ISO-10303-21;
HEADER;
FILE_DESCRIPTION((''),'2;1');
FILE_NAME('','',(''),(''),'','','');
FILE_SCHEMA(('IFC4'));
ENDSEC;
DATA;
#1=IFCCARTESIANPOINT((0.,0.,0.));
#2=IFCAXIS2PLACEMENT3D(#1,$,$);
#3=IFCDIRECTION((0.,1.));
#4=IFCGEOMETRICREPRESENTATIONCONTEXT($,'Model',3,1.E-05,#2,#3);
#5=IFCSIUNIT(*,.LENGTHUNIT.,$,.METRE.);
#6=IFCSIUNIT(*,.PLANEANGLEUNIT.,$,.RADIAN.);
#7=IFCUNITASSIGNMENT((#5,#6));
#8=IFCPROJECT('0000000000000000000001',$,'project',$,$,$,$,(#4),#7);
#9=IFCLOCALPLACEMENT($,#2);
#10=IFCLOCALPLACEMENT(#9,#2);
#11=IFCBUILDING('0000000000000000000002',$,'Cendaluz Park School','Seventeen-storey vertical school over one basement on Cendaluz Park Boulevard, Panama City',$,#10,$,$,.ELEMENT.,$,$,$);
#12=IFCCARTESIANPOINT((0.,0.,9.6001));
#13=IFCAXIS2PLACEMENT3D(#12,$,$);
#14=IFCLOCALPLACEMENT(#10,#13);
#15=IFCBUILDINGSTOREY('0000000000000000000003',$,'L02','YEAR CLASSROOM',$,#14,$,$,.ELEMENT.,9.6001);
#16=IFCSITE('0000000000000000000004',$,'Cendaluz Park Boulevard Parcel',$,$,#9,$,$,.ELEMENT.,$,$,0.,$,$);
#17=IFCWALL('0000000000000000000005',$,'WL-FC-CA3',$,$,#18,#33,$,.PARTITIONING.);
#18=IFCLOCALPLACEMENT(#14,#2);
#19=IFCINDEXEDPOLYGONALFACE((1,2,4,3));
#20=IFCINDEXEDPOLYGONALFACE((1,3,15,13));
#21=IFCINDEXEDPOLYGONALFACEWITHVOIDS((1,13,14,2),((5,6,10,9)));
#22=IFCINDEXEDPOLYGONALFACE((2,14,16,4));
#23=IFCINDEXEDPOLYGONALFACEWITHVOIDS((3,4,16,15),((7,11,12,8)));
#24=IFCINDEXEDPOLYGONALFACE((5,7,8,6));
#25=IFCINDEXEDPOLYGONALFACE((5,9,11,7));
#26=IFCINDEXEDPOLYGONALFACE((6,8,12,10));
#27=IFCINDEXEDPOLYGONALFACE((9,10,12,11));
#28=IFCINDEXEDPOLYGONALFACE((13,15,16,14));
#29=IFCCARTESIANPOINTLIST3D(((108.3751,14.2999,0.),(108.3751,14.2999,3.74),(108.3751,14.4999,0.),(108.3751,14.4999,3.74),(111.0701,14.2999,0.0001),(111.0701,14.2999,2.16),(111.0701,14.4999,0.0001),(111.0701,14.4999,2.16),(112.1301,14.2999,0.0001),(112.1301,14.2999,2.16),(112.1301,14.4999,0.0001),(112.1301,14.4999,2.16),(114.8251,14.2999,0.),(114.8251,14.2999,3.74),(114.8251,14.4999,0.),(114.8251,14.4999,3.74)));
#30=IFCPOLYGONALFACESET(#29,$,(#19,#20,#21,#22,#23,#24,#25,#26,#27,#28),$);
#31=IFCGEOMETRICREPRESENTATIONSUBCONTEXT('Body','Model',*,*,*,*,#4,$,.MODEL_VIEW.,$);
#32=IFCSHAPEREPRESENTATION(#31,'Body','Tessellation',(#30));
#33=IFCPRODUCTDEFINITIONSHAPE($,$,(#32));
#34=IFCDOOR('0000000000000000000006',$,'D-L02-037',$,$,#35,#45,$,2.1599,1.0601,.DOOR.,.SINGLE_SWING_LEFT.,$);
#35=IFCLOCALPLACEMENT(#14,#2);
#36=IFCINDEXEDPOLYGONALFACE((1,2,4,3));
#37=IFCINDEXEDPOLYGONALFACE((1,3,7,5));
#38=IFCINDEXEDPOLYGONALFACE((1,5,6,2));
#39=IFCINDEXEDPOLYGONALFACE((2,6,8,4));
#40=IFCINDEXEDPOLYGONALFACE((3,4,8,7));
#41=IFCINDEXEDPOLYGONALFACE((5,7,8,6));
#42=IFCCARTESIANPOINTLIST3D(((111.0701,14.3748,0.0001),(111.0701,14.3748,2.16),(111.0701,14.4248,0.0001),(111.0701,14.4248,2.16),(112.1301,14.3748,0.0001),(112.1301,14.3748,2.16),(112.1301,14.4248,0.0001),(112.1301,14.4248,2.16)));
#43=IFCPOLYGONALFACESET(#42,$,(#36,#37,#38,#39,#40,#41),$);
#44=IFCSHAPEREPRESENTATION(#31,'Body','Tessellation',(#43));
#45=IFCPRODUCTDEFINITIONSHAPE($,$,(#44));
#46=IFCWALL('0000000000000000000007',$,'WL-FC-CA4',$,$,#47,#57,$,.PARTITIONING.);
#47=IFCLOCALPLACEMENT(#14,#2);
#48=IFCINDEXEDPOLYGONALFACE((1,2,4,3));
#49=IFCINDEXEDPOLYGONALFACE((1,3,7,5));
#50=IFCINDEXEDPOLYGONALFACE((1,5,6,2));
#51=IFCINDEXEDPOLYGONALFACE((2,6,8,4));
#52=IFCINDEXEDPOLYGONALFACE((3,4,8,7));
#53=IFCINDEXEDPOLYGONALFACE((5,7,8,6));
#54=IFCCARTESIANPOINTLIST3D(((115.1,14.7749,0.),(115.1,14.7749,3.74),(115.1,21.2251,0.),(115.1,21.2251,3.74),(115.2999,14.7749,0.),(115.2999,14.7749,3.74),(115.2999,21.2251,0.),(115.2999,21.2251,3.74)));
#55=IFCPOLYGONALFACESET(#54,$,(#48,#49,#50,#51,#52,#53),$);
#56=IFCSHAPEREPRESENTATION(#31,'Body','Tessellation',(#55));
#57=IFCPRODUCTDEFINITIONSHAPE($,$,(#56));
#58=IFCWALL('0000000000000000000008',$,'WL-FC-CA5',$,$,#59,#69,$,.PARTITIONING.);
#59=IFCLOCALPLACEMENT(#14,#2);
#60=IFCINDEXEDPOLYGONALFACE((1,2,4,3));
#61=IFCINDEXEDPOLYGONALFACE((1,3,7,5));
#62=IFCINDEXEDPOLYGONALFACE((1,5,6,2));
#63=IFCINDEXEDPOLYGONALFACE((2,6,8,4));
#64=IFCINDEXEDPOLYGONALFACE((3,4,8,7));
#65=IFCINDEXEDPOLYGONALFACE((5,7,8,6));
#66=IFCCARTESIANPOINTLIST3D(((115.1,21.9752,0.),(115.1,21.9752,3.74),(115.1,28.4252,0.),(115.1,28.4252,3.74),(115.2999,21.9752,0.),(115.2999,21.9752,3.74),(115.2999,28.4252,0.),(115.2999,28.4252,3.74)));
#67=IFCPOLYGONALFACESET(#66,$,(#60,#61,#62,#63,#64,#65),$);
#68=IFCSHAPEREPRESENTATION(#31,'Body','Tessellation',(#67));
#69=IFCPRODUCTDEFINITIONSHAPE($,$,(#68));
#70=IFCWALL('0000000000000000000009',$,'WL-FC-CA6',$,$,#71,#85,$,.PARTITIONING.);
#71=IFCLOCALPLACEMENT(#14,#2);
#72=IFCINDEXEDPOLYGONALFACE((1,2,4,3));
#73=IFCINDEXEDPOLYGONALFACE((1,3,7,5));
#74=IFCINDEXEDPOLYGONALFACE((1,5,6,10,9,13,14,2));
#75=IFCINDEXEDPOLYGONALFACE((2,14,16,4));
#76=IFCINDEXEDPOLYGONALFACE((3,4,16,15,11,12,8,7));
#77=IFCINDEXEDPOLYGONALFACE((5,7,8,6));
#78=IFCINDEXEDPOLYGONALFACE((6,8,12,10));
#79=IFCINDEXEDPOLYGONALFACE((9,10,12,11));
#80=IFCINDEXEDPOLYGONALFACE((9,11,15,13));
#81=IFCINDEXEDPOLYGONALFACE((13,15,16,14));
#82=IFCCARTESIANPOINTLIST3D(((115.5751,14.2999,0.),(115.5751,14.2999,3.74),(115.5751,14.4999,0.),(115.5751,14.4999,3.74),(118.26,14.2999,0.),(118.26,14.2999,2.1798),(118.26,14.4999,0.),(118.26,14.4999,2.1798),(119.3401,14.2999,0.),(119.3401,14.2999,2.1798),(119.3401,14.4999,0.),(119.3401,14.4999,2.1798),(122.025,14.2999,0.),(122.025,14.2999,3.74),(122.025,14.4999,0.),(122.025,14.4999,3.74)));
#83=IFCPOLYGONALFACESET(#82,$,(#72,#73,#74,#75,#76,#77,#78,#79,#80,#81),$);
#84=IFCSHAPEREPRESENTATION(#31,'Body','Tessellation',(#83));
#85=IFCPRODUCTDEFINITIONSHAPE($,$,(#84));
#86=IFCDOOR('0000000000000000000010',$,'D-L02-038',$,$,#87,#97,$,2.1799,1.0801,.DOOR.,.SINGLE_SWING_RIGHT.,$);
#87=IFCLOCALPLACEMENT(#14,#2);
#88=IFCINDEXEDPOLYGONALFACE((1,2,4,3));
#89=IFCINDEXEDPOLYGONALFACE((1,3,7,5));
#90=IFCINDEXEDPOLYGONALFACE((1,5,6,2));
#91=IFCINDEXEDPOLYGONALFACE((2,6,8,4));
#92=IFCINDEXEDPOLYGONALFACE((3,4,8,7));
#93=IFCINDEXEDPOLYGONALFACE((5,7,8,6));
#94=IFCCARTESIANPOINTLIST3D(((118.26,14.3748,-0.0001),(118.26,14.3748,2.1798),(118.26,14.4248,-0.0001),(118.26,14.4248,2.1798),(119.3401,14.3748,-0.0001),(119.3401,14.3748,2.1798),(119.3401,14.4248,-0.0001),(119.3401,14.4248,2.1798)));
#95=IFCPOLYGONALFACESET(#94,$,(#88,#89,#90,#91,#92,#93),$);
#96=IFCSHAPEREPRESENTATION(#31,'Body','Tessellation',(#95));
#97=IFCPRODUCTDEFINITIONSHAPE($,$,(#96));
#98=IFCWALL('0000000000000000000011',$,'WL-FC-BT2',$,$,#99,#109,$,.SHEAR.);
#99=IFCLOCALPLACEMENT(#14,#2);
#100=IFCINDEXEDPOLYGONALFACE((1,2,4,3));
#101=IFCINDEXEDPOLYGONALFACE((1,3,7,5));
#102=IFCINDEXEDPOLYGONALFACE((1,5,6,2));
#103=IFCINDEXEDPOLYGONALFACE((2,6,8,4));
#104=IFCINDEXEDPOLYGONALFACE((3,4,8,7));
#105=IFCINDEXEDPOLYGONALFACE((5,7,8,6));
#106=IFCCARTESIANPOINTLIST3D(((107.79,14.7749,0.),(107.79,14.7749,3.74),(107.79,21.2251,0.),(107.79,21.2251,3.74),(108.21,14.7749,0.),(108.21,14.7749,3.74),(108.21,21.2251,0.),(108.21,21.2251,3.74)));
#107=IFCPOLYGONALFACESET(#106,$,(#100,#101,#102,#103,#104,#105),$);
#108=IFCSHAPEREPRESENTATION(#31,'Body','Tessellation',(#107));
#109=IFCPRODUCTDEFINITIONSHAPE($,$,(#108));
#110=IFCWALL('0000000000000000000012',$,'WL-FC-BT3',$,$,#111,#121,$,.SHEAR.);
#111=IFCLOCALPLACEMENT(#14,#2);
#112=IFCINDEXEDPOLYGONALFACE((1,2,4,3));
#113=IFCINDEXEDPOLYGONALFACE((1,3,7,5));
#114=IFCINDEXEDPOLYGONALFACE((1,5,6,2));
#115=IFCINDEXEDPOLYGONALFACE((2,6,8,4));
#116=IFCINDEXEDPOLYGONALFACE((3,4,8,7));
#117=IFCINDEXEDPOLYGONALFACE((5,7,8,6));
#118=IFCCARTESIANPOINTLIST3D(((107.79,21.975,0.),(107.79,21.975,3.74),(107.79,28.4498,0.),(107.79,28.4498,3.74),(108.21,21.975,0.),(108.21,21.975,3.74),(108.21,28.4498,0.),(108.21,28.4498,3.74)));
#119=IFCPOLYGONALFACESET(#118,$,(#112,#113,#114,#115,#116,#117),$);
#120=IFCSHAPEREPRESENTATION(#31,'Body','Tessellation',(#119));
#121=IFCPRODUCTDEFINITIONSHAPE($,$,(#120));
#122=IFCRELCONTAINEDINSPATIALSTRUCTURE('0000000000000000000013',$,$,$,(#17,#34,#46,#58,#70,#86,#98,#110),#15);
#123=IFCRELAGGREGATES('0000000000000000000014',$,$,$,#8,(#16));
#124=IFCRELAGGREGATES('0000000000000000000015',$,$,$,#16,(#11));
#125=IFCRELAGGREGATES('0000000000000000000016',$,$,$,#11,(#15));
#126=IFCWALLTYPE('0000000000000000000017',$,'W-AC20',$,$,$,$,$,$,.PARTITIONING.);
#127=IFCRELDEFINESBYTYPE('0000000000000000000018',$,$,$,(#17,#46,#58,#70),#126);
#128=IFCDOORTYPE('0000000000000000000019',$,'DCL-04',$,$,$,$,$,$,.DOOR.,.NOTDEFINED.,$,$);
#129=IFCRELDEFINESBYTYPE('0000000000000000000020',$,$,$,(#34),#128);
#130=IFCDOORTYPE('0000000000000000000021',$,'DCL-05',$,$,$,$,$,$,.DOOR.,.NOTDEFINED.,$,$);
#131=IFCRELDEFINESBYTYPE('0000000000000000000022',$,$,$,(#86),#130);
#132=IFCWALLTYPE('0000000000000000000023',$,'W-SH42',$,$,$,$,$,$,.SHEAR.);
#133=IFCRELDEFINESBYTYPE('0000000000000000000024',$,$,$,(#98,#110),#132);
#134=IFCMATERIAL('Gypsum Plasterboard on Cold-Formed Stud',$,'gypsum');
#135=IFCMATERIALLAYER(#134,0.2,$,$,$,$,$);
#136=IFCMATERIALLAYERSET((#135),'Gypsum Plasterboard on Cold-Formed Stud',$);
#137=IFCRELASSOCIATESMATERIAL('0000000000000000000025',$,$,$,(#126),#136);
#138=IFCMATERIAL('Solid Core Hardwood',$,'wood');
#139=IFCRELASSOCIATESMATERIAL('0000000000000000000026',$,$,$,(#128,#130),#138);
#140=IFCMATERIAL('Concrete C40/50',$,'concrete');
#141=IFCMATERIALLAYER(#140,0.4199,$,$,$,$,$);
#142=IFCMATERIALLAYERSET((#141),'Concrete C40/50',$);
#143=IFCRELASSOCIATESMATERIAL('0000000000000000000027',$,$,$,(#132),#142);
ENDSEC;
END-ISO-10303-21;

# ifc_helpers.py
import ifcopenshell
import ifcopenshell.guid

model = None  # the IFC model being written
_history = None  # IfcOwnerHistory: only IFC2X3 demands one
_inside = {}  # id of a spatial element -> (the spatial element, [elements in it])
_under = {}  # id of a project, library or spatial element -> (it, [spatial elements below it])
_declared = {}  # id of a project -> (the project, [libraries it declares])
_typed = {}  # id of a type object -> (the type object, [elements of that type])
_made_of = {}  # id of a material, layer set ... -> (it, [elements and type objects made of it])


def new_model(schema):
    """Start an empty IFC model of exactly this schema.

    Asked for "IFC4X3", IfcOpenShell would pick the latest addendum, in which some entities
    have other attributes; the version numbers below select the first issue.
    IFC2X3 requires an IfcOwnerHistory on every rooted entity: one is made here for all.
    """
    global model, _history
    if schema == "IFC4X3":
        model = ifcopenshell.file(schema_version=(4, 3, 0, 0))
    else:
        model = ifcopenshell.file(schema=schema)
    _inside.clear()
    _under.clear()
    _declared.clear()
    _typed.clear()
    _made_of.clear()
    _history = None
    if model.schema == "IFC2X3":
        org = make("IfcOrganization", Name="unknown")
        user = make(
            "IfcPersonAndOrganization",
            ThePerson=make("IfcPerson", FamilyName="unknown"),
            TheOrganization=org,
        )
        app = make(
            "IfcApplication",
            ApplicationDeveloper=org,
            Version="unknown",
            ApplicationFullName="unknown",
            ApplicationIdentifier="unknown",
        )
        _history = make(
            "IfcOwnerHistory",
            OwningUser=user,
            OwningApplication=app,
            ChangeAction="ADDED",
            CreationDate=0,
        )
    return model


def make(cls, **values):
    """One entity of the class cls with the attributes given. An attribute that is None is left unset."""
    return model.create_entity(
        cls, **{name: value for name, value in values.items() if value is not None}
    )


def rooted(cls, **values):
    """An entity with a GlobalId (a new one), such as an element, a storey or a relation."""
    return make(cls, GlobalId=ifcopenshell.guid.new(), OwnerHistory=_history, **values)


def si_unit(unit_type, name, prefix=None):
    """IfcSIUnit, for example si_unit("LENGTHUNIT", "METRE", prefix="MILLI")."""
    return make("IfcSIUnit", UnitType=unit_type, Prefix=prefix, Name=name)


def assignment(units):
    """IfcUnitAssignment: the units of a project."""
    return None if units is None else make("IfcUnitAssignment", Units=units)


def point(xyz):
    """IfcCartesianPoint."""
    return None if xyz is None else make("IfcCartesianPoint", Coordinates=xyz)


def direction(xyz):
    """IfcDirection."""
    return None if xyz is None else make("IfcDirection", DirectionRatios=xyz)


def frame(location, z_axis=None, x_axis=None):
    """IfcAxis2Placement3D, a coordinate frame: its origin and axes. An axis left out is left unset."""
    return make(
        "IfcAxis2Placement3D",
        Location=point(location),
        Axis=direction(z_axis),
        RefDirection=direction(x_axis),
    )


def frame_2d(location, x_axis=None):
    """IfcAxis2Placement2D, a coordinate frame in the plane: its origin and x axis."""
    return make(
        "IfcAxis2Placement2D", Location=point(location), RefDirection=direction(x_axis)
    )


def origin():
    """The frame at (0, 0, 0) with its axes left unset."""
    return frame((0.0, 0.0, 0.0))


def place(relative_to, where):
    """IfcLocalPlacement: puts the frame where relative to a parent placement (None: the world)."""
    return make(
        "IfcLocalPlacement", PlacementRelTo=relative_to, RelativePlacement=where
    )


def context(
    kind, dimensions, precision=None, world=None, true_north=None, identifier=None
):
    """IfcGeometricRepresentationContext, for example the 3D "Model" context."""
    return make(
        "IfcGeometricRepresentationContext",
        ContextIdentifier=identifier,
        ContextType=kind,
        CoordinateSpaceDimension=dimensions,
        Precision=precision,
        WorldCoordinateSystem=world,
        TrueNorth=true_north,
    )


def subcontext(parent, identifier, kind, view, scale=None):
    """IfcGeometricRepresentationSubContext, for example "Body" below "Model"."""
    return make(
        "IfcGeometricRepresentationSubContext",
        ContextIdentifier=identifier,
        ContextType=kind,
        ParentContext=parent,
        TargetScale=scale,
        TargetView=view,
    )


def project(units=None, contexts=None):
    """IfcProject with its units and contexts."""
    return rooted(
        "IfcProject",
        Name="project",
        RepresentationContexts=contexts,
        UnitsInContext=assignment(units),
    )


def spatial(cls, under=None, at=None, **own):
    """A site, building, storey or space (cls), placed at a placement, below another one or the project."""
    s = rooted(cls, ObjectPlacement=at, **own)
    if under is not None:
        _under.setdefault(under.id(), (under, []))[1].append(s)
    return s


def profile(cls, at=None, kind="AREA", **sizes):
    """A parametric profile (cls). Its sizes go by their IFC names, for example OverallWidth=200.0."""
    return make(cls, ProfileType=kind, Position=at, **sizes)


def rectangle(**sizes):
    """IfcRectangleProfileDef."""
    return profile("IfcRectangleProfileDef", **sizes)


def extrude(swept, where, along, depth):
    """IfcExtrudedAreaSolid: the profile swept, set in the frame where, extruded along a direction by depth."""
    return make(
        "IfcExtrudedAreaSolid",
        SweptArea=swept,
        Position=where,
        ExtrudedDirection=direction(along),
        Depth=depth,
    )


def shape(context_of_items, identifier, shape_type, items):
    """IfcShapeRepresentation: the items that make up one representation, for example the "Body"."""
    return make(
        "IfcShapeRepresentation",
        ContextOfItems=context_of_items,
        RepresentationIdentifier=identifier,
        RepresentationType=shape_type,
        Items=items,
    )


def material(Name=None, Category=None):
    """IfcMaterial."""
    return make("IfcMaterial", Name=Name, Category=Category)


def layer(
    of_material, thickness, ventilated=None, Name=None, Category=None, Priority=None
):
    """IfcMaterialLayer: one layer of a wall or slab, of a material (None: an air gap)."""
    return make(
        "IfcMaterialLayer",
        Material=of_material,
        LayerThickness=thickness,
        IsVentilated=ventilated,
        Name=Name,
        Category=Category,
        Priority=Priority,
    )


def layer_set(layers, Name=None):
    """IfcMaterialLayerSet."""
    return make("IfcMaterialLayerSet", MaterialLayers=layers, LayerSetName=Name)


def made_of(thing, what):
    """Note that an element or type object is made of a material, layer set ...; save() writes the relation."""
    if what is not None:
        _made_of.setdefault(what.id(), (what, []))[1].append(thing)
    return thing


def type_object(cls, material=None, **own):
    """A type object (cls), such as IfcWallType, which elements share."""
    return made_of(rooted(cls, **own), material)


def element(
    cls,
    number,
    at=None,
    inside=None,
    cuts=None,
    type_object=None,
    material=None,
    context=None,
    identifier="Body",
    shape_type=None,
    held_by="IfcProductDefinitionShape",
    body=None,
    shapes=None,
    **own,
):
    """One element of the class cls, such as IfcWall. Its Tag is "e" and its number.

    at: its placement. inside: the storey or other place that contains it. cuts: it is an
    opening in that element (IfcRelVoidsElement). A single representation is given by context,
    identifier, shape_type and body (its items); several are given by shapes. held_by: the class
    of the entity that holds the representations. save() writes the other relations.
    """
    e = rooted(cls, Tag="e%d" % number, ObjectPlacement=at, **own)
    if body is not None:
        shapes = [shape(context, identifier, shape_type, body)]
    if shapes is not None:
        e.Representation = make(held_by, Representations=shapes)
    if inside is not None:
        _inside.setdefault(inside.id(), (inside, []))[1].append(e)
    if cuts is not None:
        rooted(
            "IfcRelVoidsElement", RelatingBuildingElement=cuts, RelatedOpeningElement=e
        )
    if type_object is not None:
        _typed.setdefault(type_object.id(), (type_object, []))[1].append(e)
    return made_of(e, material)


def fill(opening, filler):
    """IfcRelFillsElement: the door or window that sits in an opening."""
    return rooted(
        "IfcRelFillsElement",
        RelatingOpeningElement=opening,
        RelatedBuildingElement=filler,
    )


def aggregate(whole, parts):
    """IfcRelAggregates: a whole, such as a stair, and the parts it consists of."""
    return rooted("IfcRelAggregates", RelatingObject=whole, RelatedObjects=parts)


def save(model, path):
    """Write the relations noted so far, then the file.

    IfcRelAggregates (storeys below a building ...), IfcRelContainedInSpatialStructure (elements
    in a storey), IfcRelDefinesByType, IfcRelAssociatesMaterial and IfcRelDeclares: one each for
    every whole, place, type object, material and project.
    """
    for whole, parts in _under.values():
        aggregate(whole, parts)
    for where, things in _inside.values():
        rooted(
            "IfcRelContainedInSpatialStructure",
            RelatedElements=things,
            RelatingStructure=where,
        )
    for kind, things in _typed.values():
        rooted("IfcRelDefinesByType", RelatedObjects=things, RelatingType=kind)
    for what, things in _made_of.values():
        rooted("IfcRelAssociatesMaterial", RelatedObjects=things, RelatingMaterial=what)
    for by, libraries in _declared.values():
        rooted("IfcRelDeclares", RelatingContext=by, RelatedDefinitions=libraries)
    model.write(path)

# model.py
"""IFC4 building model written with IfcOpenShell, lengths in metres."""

from ifc_helpers import new_model, si_unit, direction, frame, frame_2d, origin, place, context, subcontext, project, spatial, rectangle, extrude, material, layer, layer_set, type_object, element, fill, save


model = new_model("IFC4")

# Units and contexts
model_context = context("Model", 3, precision=1e-05, world=origin(), true_north=direction((0.0, 1.0)))
body_context = subcontext(model_context, "Body", "Model", "MODEL_VIEW")
ifc_project = project(units=[si_unit("LENGTHUNIT", "METRE"), si_unit("PLANEANGLEUNIT", "RADIAN")], contexts=[model_context])

# Site, building, storey
site_placement = place(None, origin())
site = spatial("IfcSite", under=ifc_project, at=site_placement, Name="Cendaluz Park Boulevard Parcel", CompositionType="ELEMENT", RefElevation=0.0)
building_placement = place(site_placement, origin())
building = spatial("IfcBuilding", under=site, at=building_placement, Name="Cendaluz Park School", Description="Seventeen-storey vertical school over one basement on Cendaluz Park Boulevard, Panama City", CompositionType="ELEMENT")
storey_placement = place(building_placement, frame((0.0, 0.0, 9.6001)))
storey = spatial("IfcBuildingStorey", under=building, at=storey_placement, Name="L02", Description="YEAR CLASSROOM", CompositionType="ELEMENT", Elevation=9.6001)

# Shared definitions
ifc_material_1 = material(Name="Concrete C40/50", Category="concrete")

# Wall, opening, door
ifc_material_2 = material(Name="Gypsum Plasterboard on Cold-Formed Stud", Category="gypsum")
ifc_layer_1 = layer(ifc_material_2, 0.2)
ifc_layer_set_1 = layer_set([ifc_layer_1], Name="Gypsum Plasterboard on Cold-Formed Stud")
wall_type_1 = type_object("IfcWallType", Name="W-AC20", PredefinedType="PARTITIONING", material=ifc_layer_set_1)
wall_1_placement = place(storey_placement, frame((108.375, 14.3999, 0.0), z_axis=(0.0, 0.0, 1.0), x_axis=(1.0, 0.0, 0.0)))
wall_1 = element("IfcWall", 1, at=wall_1_placement, inside=storey, type_object=wall_type_1, Name="WL-FC-CA3", PredefinedType="PARTITIONING", context=body_context, shape_type="SweptSolid", body=[
    extrude(rectangle(XDim=6.45, YDim=0.2, at=frame_2d((3.2251, 0.0))), origin(), (0.0, 0.0, 1.0), 3.74),
])
opening_1_placement = place(wall_1_placement, frame((2.6951, 0.0, 0.0)))
opening_1 = element("IfcOpeningElement", 2, at=opening_1_placement, cuts=wall_1, PredefinedType="OPENING", context=body_context, shape_type="SweptSolid", body=[
    extrude(rectangle(XDim=1.0601, YDim=2.1599, at=frame_2d((0.53, 1.0801))), frame((0.0, 0.1121, 0.0), z_axis=(0.0, -1.0, 0.0), x_axis=(1.0, 0.0, 0.0)), (0.0, 0.0, 1.0), 0.2239),
])
ifc_material_3 = material(Name="Solid Core Hardwood", Category="wood")
door_type_1 = type_object("IfcDoorType", Name="DCL-04", OperationType="NOTDEFINED", PredefinedType="DOOR", material=ifc_material_3)
door_1_placement = place(opening_1_placement, origin())
door_1 = element("IfcDoor", 3, at=door_1_placement, inside=storey, type_object=door_type_1, Name="D-L02-037", OperationType="SINGLE_SWING_LEFT", OverallHeight=2.1599, OverallWidth=1.0601, PredefinedType="DOOR", context=body_context, shape_type="SweptSolid", body=[
    extrude(rectangle(XDim=1.0601, YDim=2.1599, at=frame_2d((0.53, 1.0801))), frame((0.0, 0.0249, 0.0), z_axis=(0.0, -1.0, 0.0), x_axis=(1.0, 0.0, 0.0)), (0.0, 0.0, 1.0), 0.05),
])
fill(opening_1, door_1)

# Walls
wall_2_placement = place(storey_placement, frame((115.2, 14.7749, 0.0), z_axis=(0.0, 0.0, 1.0), x_axis=(0.0, 1.0, 0.0)))
element("IfcWall", 4, at=wall_2_placement, inside=storey, type_object=wall_type_1, Name="WL-FC-CA4", PredefinedType="PARTITIONING", context=body_context, shape_type="SweptSolid", body=[
    extrude(rectangle(XDim=6.4502, YDim=0.2, at=frame_2d((3.2251, 0.0))), origin(), (0.0, 0.0, 1.0), 3.74),
])
wall_3_placement = place(storey_placement, frame((115.2, 21.9751, 0.0), z_axis=(0.0, 0.0, 1.0), x_axis=(0.0, 1.0, 0.0)))
element("IfcWall", 5, at=wall_3_placement, inside=storey, type_object=wall_type_1, Name="WL-FC-CA5", PredefinedType="PARTITIONING", context=body_context, shape_type="SweptSolid", body=[
    extrude(rectangle(XDim=6.45, YDim=0.2, at=frame_2d((3.2251, 0.0))), origin(), (0.0, 0.0, 1.0), 3.74),
])

# Wall, opening, door
wall_4_placement = place(storey_placement, frame((115.575, 14.3999, 0.0), z_axis=(0.0, 0.0, 1.0), x_axis=(1.0, 0.0, 0.0)))
wall_4 = element("IfcWall", 6, at=wall_4_placement, inside=storey, type_object=wall_type_1, Name="WL-FC-CA6", PredefinedType="PARTITIONING", context=body_context, shape_type="SweptSolid", body=[
    extrude(rectangle(XDim=6.45, YDim=0.2, at=frame_2d((3.2251, 0.0))), origin(), (0.0, 0.0, 1.0), 3.74),
])
opening_2_placement = place(wall_4_placement, frame((2.6851, 0.0, 0.0)))
opening_2 = element("IfcOpeningElement", 7, at=opening_2_placement, cuts=wall_4, PredefinedType="OPENING", context=body_context, shape_type="SweptSolid", body=[
    extrude(rectangle(XDim=1.0801, YDim=2.1799, at=frame_2d((0.54, 1.0898))), frame((0.0, 0.1121, 0.0), z_axis=(0.0, -1.0, 0.0), x_axis=(1.0, 0.0, 0.0)), (0.0, 0.0, 1.0), 0.2239),
])
door_type_2 = type_object("IfcDoorType", Name="DCL-05", OperationType="NOTDEFINED", PredefinedType="DOOR", material=ifc_material_3)
door_2_placement = place(opening_2_placement, origin())
door_2 = element("IfcDoor", 8, at=door_2_placement, inside=storey, type_object=door_type_2, Name="D-L02-038", OperationType="SINGLE_SWING_RIGHT", OverallHeight=2.1799, OverallWidth=1.0801, PredefinedType="DOOR", context=body_context, shape_type="SweptSolid", body=[
    extrude(rectangle(XDim=1.0801, YDim=2.1799, at=frame_2d((0.54, 1.0898))), frame((0.0, 0.0249, 0.0), z_axis=(0.0, -1.0, 0.0), x_axis=(1.0, 0.0, 0.0)), (0.0, 0.0, 1.0), 0.05),
])
fill(opening_2, door_2)

# Walls
ifc_layer_2 = layer(ifc_material_1, 0.4199)
ifc_layer_set_2 = layer_set([ifc_layer_2], Name="Concrete C40/50")
wall_type_2 = type_object("IfcWallType", Name="W-SH42", PredefinedType="SHEAR", material=ifc_layer_set_2)
wall_5_placement = place(storey_placement, frame((108.0, 14.7749, 0.0), z_axis=(0.0, 0.0, 1.0), x_axis=(0.0, 1.0, 0.0)))
element("IfcWall", 9, at=wall_5_placement, inside=storey, type_object=wall_type_2, Name="WL-FC-BT2", PredefinedType="SHEAR", context=body_context, shape_type="SweptSolid", body=[
    extrude(rectangle(XDim=6.4502, YDim=0.4199, at=frame_2d((3.2251, 0.0))), origin(), (0.0, 0.0, 1.0), 3.74),
])
wall_6_placement = place(storey_placement, frame((108.0, 21.9751, 0.0), z_axis=(0.0, 0.0, 1.0), x_axis=(0.0, 1.0, 0.0)))
element("IfcWall", 10, at=wall_6_placement, inside=storey, type_object=wall_type_2, Name="WL-FC-BT3", PredefinedType="SHEAR", context=body_context, shape_type="SweptSolid", body=[
    extrude(rectangle(XDim=6.4749, YDim=0.4199, at=frame_2d((3.2373, 0.0))), origin(), (0.0, 0.0, 1.0), 3.74),
])

save(model, "model.ifc")
